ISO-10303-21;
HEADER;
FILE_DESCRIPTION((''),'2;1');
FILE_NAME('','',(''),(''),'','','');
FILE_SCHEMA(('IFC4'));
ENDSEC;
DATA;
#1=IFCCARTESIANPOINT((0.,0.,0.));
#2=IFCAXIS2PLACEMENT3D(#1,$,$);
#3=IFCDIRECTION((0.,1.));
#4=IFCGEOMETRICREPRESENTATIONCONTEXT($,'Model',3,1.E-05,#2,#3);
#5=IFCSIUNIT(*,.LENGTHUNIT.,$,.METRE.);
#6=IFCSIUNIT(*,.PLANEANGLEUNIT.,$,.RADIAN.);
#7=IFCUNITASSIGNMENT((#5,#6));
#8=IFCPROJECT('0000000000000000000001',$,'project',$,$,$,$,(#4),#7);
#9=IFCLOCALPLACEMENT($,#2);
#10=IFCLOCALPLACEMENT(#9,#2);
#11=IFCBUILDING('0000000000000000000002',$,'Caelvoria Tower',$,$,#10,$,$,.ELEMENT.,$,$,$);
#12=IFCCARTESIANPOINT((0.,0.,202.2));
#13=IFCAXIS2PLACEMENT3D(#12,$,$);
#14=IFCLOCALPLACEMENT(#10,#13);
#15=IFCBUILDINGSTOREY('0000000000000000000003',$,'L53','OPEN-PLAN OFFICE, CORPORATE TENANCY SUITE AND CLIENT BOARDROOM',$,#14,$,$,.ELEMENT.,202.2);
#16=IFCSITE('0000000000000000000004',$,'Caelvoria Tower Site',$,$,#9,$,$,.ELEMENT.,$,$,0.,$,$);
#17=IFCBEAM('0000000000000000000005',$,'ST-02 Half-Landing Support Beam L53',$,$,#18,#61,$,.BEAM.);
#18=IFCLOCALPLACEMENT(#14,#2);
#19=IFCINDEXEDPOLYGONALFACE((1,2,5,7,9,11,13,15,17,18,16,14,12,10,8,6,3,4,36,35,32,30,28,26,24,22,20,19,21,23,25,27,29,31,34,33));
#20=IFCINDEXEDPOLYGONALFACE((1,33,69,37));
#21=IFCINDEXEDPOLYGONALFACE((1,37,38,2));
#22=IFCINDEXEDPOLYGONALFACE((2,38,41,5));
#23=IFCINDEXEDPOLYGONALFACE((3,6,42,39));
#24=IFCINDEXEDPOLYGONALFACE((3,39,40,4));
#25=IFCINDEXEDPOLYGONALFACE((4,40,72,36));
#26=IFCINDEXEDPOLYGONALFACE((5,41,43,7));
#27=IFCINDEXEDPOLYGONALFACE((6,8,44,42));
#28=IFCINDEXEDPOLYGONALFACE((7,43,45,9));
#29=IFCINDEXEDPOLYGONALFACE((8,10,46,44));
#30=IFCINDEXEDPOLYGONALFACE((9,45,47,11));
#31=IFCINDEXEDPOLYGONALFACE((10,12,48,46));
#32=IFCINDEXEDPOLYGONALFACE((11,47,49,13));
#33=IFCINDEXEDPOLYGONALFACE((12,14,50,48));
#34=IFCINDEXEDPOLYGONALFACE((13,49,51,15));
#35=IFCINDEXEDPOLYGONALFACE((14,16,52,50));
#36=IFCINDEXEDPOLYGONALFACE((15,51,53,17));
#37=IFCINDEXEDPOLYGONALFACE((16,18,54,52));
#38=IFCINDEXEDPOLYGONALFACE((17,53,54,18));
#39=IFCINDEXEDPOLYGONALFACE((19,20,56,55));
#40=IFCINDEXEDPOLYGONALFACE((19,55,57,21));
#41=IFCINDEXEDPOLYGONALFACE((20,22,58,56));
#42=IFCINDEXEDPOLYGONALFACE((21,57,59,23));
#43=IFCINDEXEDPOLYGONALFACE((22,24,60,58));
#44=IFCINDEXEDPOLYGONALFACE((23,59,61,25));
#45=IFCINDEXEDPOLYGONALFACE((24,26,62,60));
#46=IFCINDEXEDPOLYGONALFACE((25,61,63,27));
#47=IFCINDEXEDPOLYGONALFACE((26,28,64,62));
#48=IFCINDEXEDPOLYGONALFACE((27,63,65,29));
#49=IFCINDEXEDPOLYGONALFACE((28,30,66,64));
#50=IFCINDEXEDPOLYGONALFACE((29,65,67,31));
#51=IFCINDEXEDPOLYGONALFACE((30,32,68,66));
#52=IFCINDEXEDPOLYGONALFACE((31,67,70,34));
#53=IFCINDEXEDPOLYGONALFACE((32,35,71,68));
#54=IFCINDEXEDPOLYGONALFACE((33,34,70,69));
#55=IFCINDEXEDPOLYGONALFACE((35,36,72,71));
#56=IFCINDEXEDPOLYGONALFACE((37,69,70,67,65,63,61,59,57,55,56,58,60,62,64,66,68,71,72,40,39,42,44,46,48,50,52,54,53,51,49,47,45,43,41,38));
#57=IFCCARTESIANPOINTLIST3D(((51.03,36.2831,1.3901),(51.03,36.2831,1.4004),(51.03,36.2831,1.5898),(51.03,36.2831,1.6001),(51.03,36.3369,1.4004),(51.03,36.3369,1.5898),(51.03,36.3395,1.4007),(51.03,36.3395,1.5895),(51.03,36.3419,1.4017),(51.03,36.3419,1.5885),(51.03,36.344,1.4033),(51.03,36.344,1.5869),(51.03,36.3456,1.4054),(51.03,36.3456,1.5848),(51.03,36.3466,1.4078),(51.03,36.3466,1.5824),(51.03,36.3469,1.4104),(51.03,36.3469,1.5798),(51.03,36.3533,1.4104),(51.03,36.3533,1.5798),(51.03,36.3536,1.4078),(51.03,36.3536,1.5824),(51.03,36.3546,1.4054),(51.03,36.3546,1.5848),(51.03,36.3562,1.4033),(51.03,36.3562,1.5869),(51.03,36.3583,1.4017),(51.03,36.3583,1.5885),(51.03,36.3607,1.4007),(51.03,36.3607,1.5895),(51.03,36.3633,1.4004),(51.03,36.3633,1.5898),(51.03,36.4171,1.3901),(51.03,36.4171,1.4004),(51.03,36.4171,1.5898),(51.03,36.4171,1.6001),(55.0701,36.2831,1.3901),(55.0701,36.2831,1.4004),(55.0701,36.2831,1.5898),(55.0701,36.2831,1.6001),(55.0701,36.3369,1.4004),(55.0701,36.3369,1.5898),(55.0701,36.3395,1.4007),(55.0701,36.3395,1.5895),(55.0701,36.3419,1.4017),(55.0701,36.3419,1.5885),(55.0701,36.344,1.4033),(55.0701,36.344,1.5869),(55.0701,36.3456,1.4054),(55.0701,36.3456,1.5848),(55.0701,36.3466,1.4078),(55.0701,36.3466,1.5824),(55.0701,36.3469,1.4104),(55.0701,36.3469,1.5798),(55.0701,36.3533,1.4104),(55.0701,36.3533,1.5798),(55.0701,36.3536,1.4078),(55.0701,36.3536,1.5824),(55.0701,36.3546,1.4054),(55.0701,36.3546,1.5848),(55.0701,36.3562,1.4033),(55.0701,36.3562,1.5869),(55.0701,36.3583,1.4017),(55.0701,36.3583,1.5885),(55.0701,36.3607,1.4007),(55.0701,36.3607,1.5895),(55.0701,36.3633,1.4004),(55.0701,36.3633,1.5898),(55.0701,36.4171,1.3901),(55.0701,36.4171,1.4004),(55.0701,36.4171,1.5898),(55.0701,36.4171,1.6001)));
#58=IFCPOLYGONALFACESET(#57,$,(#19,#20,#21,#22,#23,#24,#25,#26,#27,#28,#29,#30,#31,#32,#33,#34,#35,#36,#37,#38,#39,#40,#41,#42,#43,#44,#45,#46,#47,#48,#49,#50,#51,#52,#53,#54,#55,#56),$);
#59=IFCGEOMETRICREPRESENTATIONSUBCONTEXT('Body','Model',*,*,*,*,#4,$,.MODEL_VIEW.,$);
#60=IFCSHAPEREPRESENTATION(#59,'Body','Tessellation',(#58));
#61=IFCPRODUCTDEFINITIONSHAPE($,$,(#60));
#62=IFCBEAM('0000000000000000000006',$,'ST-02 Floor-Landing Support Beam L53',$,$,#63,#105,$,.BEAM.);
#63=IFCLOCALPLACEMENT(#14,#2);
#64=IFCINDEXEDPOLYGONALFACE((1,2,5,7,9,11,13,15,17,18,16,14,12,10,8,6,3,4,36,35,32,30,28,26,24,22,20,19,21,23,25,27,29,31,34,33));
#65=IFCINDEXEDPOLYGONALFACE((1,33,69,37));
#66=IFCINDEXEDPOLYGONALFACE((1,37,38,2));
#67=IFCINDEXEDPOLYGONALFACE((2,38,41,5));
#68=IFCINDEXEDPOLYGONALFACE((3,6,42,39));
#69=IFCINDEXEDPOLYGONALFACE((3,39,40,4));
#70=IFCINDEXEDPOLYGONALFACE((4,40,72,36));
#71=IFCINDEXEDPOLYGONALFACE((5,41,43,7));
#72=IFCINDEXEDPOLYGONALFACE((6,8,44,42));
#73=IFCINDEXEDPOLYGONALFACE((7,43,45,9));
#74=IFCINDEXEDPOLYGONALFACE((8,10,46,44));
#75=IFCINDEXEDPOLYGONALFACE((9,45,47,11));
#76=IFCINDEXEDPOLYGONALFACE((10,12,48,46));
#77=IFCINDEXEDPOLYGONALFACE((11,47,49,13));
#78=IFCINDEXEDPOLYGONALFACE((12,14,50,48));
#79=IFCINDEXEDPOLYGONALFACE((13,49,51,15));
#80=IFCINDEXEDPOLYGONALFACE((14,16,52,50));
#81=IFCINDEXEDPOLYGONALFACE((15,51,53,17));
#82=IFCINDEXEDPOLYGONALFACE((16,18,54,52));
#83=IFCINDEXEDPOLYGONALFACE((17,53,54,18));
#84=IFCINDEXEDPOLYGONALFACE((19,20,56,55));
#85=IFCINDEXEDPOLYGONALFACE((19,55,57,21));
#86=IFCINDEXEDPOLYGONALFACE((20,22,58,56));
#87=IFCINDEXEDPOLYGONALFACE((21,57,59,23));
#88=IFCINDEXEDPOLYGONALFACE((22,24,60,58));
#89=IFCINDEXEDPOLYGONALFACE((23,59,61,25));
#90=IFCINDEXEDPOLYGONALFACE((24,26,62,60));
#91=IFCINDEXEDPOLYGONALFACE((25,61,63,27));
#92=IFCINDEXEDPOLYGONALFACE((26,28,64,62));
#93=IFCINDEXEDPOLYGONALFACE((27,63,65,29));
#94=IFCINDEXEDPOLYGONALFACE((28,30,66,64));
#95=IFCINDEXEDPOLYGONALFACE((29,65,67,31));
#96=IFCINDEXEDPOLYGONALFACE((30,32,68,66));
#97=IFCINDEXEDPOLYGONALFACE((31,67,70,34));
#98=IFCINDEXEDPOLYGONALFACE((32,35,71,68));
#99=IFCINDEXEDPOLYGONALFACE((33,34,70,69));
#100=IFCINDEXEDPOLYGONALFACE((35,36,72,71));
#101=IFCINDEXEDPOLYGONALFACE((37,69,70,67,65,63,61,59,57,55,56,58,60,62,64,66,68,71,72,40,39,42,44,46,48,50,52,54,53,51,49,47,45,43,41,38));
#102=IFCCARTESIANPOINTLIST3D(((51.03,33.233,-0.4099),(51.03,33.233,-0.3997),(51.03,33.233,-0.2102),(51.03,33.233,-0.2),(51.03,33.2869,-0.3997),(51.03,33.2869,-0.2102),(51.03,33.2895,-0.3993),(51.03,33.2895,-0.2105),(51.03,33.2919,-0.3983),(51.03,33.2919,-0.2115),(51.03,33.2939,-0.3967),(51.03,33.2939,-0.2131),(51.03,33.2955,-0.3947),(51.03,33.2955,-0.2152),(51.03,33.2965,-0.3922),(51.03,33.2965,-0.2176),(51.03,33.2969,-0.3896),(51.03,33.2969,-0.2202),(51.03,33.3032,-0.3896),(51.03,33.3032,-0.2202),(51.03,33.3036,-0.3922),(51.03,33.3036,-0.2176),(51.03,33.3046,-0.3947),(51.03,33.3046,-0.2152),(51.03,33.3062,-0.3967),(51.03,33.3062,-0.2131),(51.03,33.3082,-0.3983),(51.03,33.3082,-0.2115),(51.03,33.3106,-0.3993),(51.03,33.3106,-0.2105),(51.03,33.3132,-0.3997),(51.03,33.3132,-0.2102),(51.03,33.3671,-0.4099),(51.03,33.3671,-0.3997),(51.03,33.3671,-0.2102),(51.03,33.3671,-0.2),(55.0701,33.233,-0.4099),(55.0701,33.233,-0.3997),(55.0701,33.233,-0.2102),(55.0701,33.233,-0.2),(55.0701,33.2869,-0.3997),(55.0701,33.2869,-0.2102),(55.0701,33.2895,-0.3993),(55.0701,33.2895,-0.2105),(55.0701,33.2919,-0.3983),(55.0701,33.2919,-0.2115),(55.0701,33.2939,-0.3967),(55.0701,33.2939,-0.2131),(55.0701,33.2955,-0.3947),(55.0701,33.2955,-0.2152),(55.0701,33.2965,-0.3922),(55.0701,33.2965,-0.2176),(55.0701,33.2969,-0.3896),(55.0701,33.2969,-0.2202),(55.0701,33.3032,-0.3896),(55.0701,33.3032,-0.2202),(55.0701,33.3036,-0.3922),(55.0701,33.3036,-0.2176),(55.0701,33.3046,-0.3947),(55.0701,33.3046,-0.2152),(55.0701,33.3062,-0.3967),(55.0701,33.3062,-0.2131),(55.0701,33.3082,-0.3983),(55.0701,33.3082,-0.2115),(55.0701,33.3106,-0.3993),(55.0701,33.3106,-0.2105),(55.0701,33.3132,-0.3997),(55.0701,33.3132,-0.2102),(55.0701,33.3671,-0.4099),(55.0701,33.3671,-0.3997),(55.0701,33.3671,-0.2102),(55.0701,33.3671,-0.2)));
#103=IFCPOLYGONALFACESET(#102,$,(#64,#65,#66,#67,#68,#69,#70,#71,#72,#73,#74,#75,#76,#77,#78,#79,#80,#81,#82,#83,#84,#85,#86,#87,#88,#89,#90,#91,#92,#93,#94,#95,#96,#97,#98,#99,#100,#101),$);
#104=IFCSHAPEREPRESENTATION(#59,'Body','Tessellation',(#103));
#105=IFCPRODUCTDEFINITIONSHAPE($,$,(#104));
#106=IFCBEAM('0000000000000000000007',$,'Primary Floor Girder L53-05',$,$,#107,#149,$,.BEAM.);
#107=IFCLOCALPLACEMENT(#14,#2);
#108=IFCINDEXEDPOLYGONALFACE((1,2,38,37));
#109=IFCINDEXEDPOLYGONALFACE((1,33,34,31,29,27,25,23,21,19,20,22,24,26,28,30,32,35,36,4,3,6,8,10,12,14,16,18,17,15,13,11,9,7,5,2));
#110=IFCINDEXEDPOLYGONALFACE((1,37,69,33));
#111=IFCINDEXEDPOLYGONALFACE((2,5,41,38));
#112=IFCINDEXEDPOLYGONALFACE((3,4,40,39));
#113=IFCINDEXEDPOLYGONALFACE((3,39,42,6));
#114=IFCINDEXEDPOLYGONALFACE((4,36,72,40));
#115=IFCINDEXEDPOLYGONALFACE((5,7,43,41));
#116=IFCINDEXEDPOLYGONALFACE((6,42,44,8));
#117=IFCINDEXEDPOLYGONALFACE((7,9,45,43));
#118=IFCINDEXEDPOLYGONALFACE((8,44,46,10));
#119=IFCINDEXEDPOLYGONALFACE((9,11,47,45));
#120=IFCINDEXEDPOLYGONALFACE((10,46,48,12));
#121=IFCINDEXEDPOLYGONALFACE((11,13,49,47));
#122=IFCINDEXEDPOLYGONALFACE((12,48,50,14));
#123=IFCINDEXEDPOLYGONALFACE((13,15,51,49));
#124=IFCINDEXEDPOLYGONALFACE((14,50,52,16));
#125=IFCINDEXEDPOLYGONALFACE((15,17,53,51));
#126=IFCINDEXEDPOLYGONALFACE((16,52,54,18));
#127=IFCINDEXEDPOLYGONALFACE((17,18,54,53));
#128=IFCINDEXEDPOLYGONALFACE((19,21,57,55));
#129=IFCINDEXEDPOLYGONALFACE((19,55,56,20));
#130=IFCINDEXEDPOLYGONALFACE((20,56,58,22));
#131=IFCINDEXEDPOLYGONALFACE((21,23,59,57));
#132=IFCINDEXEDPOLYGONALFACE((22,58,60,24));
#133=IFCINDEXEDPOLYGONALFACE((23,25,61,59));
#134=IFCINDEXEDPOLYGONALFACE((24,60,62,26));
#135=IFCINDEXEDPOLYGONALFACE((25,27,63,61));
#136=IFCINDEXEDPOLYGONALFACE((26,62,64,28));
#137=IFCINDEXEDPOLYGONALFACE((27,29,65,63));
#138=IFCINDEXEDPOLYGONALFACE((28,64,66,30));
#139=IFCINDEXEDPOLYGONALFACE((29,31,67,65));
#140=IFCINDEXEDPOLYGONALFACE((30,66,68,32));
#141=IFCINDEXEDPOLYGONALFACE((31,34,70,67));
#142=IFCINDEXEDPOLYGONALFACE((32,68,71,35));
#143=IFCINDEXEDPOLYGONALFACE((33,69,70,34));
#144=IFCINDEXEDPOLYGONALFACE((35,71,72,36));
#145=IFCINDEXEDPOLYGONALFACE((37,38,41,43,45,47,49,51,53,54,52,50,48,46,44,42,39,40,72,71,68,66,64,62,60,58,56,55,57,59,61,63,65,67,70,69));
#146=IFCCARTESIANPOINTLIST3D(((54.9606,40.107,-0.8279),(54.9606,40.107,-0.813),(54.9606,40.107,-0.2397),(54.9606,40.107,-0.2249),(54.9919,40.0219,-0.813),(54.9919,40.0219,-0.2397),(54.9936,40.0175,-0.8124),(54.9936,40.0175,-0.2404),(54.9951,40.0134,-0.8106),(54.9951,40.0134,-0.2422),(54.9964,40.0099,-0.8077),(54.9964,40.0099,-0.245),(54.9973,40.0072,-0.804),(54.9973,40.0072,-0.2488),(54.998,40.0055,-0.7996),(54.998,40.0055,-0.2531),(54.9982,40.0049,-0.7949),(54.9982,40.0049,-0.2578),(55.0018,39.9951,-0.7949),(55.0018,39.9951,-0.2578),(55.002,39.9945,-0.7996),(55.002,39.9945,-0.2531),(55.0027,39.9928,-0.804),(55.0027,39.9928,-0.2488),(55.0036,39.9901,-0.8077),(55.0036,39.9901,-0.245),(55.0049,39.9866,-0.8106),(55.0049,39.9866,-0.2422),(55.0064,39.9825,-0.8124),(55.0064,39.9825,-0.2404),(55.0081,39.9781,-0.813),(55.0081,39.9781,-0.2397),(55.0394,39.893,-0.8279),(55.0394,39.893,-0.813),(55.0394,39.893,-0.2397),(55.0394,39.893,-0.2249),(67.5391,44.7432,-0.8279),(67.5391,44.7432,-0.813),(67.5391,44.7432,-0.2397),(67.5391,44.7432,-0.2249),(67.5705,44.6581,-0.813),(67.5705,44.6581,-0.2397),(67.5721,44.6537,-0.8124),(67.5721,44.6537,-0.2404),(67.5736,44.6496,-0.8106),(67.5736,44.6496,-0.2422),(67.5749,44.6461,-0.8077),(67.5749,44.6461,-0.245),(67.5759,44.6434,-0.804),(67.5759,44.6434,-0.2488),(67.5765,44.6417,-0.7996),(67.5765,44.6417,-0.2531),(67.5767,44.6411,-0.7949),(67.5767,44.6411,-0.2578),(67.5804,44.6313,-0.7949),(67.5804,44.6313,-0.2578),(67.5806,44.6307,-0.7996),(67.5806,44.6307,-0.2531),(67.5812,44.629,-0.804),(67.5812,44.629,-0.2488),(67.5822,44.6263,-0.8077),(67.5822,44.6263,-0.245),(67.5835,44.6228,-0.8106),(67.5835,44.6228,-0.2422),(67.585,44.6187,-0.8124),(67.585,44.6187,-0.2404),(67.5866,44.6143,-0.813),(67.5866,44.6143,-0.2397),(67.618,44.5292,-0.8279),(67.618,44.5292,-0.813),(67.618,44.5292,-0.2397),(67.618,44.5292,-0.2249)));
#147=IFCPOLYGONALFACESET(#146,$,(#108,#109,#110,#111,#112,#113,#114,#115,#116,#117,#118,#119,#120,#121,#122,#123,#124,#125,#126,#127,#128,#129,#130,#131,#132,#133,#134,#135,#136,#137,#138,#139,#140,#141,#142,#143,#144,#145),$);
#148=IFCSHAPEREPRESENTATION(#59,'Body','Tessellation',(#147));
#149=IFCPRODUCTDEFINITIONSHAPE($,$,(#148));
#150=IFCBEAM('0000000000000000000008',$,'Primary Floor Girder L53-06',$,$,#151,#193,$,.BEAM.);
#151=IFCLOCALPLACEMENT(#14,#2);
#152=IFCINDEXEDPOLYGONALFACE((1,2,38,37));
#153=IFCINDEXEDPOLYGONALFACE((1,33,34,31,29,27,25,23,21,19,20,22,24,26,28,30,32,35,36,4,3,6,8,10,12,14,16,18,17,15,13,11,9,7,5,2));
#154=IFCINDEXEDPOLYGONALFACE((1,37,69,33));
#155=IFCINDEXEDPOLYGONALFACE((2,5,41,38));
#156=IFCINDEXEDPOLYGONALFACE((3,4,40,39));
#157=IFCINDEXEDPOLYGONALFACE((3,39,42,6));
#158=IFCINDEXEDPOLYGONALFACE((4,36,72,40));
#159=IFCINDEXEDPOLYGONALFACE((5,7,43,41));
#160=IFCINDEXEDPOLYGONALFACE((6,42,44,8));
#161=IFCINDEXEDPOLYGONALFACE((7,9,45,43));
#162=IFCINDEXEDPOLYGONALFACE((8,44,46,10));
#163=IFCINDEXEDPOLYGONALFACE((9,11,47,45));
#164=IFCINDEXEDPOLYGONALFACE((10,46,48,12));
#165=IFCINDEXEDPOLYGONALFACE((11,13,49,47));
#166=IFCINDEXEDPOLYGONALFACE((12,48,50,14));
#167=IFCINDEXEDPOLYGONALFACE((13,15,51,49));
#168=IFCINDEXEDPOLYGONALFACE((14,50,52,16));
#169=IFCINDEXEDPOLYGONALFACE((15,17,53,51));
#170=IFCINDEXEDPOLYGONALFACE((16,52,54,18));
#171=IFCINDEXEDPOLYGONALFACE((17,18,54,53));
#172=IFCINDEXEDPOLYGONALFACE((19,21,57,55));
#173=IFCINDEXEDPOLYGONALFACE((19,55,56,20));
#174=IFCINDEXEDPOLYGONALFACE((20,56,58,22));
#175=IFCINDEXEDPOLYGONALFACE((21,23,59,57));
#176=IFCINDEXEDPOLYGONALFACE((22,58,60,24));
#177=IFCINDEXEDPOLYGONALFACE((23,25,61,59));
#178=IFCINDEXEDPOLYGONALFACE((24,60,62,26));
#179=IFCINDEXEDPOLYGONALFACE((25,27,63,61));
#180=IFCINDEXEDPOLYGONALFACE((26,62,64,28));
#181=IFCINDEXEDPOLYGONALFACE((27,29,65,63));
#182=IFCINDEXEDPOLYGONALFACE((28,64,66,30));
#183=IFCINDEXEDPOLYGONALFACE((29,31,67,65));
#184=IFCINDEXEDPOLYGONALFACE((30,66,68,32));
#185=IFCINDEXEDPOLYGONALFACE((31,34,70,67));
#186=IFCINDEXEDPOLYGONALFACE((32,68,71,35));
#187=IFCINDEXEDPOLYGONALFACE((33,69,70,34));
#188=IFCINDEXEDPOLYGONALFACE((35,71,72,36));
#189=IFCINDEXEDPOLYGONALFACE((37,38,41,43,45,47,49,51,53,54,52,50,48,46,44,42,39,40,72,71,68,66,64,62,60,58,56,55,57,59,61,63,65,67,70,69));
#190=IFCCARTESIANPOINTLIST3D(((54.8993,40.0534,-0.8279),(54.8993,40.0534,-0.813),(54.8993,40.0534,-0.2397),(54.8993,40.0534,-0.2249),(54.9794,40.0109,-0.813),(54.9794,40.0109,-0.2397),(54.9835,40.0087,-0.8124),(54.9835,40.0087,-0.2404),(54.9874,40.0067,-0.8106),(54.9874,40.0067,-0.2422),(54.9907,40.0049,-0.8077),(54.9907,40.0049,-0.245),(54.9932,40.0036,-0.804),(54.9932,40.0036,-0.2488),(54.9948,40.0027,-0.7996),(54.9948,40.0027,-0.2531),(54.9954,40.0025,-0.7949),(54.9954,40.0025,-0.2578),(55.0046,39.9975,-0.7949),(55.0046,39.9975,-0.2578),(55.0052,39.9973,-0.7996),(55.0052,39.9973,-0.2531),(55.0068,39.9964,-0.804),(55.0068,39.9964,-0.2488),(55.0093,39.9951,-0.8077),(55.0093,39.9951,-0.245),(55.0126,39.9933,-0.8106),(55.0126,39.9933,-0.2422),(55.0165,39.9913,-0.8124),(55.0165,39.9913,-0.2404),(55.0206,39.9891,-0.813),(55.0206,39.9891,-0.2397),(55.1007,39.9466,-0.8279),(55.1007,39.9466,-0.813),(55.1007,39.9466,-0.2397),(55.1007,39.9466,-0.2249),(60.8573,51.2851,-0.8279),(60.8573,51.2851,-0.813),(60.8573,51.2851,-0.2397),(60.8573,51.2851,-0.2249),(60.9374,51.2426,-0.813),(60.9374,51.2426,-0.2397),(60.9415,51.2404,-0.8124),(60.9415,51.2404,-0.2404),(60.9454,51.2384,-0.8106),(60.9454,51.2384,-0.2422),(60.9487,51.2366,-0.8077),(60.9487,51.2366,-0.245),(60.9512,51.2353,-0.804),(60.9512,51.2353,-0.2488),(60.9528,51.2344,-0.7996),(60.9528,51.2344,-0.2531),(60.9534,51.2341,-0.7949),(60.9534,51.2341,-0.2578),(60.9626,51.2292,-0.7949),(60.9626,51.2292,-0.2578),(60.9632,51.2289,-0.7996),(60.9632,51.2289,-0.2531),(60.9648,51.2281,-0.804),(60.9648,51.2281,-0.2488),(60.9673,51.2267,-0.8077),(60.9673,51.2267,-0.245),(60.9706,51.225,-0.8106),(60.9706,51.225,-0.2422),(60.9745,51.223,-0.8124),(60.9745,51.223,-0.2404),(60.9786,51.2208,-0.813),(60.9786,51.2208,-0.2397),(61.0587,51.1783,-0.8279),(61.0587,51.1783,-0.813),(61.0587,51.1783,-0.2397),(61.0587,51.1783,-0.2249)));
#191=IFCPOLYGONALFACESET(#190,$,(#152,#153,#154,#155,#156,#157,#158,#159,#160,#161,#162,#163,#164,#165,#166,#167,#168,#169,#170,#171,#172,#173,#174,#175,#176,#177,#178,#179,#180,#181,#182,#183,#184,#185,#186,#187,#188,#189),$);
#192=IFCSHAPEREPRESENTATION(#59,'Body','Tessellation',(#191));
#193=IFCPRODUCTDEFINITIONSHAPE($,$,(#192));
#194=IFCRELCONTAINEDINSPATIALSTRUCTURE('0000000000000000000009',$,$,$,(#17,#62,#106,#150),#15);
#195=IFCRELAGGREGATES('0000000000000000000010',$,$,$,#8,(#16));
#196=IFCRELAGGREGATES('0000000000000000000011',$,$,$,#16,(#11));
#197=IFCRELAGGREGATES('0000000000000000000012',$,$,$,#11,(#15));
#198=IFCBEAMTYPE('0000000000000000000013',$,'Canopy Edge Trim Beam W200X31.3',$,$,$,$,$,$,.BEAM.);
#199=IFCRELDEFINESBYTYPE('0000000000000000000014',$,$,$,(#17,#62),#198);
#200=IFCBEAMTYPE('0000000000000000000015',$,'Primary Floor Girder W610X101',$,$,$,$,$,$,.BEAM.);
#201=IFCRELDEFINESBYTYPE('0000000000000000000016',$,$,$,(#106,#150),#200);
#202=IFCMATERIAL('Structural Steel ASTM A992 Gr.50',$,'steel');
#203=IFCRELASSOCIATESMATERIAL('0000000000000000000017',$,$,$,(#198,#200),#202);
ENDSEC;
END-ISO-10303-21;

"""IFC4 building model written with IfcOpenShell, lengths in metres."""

from ifc_helpers import new_model, si_unit, direction, frame, origin, origin_2d, place, context, subcontext, project, spatial, i_section, extrude, material, material_profile, profile_set, type_object, element, save


model = new_model("IFC4")

# Units and contexts
model_context = context("Model", 3, precision=1e-05, world=origin(), true_north=direction((0.0, 1.0)))
body_context = subcontext(model_context, "Body", "Model", "MODEL_VIEW")
ifc_project = project(units=[si_unit("LENGTHUNIT", "METRE"), si_unit("PLANEANGLEUNIT", "RADIAN")], contexts=[model_context])

# Site, building, storey
site_placement = place(None, origin())
site = spatial("IfcSite", under=ifc_project, at=site_placement, Name="Caelvoria Tower Site", CompositionType="ELEMENT", RefElevation=0.0)
building_placement = place(site_placement, origin())
building = spatial("IfcBuilding", under=site, at=building_placement, Name="Caelvoria Tower", CompositionType="ELEMENT")
storey_placement = place(building_placement, frame((0.0, 0.0, 202.2)))
storey = spatial("IfcBuildingStorey", under=building, at=storey_placement, Name="L53", Description="OPEN-PLAN OFFICE, CORPORATE TENANCY SUITE AND CLIENT BOARDROOM", CompositionType="ELEMENT", Elevation=202.2)

# Beams
ifc_material_1 = material(Name="Structural Steel ASTM A992 Gr.50", Category="steel")
ifc_material_profile_1 = material_profile(ifc_material_1, i_section(OverallWidth=0.134, OverallDepth=0.21, WebThickness=0.0063, FlangeThickness=0.0103, FilletRadius=0.01, at=origin_2d()), Name="Structural Steel ASTM A992 Gr.50")
ifc_profile_set_1 = profile_set([ifc_material_profile_1], Name="W200X31.3 - Structural Steel ASTM A992 Gr.50")
beam_type_1 = type_object("IfcBeamType", Name="Canopy Edge Trim Beam W200X31.3", PredefinedType="BEAM", material=ifc_profile_set_1)
for number, where, z_axis, x_axis, name in (
    (1, (51.03, 36.3501, 1.4951), (1.0, 0.0, 0.0), (0.0, 1.0, 0.0), "ST-02 Half-Landing Support Beam L53"),
    (2, (51.03, 33.3, -0.3049), (1.0, 0.0, 0.0), (0.0, 1.0, 0.0), "ST-02 Floor-Landing Support Beam L53"),
):
    element("IfcBeam", number, at=place(storey_placement, frame(where, z_axis=z_axis, x_axis=x_axis)), inside=storey, type_object=beam_type_1, Name=name, PredefinedType="BEAM", context=body_context, shape_type="SweptSolid", body=[
        extrude(i_section(OverallWidth=0.134, OverallDepth=0.21, WebThickness=0.0063, FlangeThickness=0.0103, FilletRadius=0.01, at=origin_2d()), origin(), (0.0, 0.0, 1.0), 4.04),
    ])
ifc_material_profile_2 = material_profile(ifc_material_1, i_section(OverallWidth=0.228, OverallDepth=0.603, WebThickness=0.0105, FlangeThickness=0.0149, FilletRadius=0.0181, at=origin_2d()), Name="Structural Steel ASTM A992 Gr.50")
ifc_profile_set_2 = profile_set([ifc_material_profile_2], Name="W610X101 - Structural Steel ASTM A992 Gr.50")
beam_type_2 = type_object("IfcBeamType", Name="Primary Floor Girder W610X101", PredefinedType="BEAM", material=ifc_profile_set_2)
beam_1_placement = place(storey_placement, frame((55.0, 40.0, -0.5264), z_axis=(0.938295, 0.345837, 0.0), x_axis=(-0.345837, 0.938295, 0.0)))
element("IfcBeam", 3, at=beam_1_placement, inside=storey, type_object=beam_type_2, Name="Primary Floor Girder L53-05", PredefinedType="BEAM", context=body_context, shape_type="SweptSolid", body=[
    extrude(i_section(OverallWidth=0.228, OverallDepth=0.603, WebThickness=0.0105, FlangeThickness=0.0149, FilletRadius=0.0181, at=origin_2d()), origin(), (0.0, 0.0, 1.0), 13.4058),
])
beam_2_placement = place(storey_placement, frame((55.0, 40.0, -0.5264), z_axis=(0.468614, 0.883403, 0.0), x_axis=(-0.883403, 0.468614, 0.0)))
element("IfcBeam", 4, at=beam_2_placement, inside=storey, type_object=beam_type_2, Name="Primary Floor Girder L53-06", PredefinedType="BEAM", context=body_context, shape_type="SweptSolid", body=[
    extrude(i_section(OverallWidth=0.228, OverallDepth=0.603, WebThickness=0.0105, FlangeThickness=0.0149, FilletRadius=0.0181, at=origin_2d()), origin(), (0.0, 0.0, 1.0), 12.7141),
])

save(model, "model.ifc")
